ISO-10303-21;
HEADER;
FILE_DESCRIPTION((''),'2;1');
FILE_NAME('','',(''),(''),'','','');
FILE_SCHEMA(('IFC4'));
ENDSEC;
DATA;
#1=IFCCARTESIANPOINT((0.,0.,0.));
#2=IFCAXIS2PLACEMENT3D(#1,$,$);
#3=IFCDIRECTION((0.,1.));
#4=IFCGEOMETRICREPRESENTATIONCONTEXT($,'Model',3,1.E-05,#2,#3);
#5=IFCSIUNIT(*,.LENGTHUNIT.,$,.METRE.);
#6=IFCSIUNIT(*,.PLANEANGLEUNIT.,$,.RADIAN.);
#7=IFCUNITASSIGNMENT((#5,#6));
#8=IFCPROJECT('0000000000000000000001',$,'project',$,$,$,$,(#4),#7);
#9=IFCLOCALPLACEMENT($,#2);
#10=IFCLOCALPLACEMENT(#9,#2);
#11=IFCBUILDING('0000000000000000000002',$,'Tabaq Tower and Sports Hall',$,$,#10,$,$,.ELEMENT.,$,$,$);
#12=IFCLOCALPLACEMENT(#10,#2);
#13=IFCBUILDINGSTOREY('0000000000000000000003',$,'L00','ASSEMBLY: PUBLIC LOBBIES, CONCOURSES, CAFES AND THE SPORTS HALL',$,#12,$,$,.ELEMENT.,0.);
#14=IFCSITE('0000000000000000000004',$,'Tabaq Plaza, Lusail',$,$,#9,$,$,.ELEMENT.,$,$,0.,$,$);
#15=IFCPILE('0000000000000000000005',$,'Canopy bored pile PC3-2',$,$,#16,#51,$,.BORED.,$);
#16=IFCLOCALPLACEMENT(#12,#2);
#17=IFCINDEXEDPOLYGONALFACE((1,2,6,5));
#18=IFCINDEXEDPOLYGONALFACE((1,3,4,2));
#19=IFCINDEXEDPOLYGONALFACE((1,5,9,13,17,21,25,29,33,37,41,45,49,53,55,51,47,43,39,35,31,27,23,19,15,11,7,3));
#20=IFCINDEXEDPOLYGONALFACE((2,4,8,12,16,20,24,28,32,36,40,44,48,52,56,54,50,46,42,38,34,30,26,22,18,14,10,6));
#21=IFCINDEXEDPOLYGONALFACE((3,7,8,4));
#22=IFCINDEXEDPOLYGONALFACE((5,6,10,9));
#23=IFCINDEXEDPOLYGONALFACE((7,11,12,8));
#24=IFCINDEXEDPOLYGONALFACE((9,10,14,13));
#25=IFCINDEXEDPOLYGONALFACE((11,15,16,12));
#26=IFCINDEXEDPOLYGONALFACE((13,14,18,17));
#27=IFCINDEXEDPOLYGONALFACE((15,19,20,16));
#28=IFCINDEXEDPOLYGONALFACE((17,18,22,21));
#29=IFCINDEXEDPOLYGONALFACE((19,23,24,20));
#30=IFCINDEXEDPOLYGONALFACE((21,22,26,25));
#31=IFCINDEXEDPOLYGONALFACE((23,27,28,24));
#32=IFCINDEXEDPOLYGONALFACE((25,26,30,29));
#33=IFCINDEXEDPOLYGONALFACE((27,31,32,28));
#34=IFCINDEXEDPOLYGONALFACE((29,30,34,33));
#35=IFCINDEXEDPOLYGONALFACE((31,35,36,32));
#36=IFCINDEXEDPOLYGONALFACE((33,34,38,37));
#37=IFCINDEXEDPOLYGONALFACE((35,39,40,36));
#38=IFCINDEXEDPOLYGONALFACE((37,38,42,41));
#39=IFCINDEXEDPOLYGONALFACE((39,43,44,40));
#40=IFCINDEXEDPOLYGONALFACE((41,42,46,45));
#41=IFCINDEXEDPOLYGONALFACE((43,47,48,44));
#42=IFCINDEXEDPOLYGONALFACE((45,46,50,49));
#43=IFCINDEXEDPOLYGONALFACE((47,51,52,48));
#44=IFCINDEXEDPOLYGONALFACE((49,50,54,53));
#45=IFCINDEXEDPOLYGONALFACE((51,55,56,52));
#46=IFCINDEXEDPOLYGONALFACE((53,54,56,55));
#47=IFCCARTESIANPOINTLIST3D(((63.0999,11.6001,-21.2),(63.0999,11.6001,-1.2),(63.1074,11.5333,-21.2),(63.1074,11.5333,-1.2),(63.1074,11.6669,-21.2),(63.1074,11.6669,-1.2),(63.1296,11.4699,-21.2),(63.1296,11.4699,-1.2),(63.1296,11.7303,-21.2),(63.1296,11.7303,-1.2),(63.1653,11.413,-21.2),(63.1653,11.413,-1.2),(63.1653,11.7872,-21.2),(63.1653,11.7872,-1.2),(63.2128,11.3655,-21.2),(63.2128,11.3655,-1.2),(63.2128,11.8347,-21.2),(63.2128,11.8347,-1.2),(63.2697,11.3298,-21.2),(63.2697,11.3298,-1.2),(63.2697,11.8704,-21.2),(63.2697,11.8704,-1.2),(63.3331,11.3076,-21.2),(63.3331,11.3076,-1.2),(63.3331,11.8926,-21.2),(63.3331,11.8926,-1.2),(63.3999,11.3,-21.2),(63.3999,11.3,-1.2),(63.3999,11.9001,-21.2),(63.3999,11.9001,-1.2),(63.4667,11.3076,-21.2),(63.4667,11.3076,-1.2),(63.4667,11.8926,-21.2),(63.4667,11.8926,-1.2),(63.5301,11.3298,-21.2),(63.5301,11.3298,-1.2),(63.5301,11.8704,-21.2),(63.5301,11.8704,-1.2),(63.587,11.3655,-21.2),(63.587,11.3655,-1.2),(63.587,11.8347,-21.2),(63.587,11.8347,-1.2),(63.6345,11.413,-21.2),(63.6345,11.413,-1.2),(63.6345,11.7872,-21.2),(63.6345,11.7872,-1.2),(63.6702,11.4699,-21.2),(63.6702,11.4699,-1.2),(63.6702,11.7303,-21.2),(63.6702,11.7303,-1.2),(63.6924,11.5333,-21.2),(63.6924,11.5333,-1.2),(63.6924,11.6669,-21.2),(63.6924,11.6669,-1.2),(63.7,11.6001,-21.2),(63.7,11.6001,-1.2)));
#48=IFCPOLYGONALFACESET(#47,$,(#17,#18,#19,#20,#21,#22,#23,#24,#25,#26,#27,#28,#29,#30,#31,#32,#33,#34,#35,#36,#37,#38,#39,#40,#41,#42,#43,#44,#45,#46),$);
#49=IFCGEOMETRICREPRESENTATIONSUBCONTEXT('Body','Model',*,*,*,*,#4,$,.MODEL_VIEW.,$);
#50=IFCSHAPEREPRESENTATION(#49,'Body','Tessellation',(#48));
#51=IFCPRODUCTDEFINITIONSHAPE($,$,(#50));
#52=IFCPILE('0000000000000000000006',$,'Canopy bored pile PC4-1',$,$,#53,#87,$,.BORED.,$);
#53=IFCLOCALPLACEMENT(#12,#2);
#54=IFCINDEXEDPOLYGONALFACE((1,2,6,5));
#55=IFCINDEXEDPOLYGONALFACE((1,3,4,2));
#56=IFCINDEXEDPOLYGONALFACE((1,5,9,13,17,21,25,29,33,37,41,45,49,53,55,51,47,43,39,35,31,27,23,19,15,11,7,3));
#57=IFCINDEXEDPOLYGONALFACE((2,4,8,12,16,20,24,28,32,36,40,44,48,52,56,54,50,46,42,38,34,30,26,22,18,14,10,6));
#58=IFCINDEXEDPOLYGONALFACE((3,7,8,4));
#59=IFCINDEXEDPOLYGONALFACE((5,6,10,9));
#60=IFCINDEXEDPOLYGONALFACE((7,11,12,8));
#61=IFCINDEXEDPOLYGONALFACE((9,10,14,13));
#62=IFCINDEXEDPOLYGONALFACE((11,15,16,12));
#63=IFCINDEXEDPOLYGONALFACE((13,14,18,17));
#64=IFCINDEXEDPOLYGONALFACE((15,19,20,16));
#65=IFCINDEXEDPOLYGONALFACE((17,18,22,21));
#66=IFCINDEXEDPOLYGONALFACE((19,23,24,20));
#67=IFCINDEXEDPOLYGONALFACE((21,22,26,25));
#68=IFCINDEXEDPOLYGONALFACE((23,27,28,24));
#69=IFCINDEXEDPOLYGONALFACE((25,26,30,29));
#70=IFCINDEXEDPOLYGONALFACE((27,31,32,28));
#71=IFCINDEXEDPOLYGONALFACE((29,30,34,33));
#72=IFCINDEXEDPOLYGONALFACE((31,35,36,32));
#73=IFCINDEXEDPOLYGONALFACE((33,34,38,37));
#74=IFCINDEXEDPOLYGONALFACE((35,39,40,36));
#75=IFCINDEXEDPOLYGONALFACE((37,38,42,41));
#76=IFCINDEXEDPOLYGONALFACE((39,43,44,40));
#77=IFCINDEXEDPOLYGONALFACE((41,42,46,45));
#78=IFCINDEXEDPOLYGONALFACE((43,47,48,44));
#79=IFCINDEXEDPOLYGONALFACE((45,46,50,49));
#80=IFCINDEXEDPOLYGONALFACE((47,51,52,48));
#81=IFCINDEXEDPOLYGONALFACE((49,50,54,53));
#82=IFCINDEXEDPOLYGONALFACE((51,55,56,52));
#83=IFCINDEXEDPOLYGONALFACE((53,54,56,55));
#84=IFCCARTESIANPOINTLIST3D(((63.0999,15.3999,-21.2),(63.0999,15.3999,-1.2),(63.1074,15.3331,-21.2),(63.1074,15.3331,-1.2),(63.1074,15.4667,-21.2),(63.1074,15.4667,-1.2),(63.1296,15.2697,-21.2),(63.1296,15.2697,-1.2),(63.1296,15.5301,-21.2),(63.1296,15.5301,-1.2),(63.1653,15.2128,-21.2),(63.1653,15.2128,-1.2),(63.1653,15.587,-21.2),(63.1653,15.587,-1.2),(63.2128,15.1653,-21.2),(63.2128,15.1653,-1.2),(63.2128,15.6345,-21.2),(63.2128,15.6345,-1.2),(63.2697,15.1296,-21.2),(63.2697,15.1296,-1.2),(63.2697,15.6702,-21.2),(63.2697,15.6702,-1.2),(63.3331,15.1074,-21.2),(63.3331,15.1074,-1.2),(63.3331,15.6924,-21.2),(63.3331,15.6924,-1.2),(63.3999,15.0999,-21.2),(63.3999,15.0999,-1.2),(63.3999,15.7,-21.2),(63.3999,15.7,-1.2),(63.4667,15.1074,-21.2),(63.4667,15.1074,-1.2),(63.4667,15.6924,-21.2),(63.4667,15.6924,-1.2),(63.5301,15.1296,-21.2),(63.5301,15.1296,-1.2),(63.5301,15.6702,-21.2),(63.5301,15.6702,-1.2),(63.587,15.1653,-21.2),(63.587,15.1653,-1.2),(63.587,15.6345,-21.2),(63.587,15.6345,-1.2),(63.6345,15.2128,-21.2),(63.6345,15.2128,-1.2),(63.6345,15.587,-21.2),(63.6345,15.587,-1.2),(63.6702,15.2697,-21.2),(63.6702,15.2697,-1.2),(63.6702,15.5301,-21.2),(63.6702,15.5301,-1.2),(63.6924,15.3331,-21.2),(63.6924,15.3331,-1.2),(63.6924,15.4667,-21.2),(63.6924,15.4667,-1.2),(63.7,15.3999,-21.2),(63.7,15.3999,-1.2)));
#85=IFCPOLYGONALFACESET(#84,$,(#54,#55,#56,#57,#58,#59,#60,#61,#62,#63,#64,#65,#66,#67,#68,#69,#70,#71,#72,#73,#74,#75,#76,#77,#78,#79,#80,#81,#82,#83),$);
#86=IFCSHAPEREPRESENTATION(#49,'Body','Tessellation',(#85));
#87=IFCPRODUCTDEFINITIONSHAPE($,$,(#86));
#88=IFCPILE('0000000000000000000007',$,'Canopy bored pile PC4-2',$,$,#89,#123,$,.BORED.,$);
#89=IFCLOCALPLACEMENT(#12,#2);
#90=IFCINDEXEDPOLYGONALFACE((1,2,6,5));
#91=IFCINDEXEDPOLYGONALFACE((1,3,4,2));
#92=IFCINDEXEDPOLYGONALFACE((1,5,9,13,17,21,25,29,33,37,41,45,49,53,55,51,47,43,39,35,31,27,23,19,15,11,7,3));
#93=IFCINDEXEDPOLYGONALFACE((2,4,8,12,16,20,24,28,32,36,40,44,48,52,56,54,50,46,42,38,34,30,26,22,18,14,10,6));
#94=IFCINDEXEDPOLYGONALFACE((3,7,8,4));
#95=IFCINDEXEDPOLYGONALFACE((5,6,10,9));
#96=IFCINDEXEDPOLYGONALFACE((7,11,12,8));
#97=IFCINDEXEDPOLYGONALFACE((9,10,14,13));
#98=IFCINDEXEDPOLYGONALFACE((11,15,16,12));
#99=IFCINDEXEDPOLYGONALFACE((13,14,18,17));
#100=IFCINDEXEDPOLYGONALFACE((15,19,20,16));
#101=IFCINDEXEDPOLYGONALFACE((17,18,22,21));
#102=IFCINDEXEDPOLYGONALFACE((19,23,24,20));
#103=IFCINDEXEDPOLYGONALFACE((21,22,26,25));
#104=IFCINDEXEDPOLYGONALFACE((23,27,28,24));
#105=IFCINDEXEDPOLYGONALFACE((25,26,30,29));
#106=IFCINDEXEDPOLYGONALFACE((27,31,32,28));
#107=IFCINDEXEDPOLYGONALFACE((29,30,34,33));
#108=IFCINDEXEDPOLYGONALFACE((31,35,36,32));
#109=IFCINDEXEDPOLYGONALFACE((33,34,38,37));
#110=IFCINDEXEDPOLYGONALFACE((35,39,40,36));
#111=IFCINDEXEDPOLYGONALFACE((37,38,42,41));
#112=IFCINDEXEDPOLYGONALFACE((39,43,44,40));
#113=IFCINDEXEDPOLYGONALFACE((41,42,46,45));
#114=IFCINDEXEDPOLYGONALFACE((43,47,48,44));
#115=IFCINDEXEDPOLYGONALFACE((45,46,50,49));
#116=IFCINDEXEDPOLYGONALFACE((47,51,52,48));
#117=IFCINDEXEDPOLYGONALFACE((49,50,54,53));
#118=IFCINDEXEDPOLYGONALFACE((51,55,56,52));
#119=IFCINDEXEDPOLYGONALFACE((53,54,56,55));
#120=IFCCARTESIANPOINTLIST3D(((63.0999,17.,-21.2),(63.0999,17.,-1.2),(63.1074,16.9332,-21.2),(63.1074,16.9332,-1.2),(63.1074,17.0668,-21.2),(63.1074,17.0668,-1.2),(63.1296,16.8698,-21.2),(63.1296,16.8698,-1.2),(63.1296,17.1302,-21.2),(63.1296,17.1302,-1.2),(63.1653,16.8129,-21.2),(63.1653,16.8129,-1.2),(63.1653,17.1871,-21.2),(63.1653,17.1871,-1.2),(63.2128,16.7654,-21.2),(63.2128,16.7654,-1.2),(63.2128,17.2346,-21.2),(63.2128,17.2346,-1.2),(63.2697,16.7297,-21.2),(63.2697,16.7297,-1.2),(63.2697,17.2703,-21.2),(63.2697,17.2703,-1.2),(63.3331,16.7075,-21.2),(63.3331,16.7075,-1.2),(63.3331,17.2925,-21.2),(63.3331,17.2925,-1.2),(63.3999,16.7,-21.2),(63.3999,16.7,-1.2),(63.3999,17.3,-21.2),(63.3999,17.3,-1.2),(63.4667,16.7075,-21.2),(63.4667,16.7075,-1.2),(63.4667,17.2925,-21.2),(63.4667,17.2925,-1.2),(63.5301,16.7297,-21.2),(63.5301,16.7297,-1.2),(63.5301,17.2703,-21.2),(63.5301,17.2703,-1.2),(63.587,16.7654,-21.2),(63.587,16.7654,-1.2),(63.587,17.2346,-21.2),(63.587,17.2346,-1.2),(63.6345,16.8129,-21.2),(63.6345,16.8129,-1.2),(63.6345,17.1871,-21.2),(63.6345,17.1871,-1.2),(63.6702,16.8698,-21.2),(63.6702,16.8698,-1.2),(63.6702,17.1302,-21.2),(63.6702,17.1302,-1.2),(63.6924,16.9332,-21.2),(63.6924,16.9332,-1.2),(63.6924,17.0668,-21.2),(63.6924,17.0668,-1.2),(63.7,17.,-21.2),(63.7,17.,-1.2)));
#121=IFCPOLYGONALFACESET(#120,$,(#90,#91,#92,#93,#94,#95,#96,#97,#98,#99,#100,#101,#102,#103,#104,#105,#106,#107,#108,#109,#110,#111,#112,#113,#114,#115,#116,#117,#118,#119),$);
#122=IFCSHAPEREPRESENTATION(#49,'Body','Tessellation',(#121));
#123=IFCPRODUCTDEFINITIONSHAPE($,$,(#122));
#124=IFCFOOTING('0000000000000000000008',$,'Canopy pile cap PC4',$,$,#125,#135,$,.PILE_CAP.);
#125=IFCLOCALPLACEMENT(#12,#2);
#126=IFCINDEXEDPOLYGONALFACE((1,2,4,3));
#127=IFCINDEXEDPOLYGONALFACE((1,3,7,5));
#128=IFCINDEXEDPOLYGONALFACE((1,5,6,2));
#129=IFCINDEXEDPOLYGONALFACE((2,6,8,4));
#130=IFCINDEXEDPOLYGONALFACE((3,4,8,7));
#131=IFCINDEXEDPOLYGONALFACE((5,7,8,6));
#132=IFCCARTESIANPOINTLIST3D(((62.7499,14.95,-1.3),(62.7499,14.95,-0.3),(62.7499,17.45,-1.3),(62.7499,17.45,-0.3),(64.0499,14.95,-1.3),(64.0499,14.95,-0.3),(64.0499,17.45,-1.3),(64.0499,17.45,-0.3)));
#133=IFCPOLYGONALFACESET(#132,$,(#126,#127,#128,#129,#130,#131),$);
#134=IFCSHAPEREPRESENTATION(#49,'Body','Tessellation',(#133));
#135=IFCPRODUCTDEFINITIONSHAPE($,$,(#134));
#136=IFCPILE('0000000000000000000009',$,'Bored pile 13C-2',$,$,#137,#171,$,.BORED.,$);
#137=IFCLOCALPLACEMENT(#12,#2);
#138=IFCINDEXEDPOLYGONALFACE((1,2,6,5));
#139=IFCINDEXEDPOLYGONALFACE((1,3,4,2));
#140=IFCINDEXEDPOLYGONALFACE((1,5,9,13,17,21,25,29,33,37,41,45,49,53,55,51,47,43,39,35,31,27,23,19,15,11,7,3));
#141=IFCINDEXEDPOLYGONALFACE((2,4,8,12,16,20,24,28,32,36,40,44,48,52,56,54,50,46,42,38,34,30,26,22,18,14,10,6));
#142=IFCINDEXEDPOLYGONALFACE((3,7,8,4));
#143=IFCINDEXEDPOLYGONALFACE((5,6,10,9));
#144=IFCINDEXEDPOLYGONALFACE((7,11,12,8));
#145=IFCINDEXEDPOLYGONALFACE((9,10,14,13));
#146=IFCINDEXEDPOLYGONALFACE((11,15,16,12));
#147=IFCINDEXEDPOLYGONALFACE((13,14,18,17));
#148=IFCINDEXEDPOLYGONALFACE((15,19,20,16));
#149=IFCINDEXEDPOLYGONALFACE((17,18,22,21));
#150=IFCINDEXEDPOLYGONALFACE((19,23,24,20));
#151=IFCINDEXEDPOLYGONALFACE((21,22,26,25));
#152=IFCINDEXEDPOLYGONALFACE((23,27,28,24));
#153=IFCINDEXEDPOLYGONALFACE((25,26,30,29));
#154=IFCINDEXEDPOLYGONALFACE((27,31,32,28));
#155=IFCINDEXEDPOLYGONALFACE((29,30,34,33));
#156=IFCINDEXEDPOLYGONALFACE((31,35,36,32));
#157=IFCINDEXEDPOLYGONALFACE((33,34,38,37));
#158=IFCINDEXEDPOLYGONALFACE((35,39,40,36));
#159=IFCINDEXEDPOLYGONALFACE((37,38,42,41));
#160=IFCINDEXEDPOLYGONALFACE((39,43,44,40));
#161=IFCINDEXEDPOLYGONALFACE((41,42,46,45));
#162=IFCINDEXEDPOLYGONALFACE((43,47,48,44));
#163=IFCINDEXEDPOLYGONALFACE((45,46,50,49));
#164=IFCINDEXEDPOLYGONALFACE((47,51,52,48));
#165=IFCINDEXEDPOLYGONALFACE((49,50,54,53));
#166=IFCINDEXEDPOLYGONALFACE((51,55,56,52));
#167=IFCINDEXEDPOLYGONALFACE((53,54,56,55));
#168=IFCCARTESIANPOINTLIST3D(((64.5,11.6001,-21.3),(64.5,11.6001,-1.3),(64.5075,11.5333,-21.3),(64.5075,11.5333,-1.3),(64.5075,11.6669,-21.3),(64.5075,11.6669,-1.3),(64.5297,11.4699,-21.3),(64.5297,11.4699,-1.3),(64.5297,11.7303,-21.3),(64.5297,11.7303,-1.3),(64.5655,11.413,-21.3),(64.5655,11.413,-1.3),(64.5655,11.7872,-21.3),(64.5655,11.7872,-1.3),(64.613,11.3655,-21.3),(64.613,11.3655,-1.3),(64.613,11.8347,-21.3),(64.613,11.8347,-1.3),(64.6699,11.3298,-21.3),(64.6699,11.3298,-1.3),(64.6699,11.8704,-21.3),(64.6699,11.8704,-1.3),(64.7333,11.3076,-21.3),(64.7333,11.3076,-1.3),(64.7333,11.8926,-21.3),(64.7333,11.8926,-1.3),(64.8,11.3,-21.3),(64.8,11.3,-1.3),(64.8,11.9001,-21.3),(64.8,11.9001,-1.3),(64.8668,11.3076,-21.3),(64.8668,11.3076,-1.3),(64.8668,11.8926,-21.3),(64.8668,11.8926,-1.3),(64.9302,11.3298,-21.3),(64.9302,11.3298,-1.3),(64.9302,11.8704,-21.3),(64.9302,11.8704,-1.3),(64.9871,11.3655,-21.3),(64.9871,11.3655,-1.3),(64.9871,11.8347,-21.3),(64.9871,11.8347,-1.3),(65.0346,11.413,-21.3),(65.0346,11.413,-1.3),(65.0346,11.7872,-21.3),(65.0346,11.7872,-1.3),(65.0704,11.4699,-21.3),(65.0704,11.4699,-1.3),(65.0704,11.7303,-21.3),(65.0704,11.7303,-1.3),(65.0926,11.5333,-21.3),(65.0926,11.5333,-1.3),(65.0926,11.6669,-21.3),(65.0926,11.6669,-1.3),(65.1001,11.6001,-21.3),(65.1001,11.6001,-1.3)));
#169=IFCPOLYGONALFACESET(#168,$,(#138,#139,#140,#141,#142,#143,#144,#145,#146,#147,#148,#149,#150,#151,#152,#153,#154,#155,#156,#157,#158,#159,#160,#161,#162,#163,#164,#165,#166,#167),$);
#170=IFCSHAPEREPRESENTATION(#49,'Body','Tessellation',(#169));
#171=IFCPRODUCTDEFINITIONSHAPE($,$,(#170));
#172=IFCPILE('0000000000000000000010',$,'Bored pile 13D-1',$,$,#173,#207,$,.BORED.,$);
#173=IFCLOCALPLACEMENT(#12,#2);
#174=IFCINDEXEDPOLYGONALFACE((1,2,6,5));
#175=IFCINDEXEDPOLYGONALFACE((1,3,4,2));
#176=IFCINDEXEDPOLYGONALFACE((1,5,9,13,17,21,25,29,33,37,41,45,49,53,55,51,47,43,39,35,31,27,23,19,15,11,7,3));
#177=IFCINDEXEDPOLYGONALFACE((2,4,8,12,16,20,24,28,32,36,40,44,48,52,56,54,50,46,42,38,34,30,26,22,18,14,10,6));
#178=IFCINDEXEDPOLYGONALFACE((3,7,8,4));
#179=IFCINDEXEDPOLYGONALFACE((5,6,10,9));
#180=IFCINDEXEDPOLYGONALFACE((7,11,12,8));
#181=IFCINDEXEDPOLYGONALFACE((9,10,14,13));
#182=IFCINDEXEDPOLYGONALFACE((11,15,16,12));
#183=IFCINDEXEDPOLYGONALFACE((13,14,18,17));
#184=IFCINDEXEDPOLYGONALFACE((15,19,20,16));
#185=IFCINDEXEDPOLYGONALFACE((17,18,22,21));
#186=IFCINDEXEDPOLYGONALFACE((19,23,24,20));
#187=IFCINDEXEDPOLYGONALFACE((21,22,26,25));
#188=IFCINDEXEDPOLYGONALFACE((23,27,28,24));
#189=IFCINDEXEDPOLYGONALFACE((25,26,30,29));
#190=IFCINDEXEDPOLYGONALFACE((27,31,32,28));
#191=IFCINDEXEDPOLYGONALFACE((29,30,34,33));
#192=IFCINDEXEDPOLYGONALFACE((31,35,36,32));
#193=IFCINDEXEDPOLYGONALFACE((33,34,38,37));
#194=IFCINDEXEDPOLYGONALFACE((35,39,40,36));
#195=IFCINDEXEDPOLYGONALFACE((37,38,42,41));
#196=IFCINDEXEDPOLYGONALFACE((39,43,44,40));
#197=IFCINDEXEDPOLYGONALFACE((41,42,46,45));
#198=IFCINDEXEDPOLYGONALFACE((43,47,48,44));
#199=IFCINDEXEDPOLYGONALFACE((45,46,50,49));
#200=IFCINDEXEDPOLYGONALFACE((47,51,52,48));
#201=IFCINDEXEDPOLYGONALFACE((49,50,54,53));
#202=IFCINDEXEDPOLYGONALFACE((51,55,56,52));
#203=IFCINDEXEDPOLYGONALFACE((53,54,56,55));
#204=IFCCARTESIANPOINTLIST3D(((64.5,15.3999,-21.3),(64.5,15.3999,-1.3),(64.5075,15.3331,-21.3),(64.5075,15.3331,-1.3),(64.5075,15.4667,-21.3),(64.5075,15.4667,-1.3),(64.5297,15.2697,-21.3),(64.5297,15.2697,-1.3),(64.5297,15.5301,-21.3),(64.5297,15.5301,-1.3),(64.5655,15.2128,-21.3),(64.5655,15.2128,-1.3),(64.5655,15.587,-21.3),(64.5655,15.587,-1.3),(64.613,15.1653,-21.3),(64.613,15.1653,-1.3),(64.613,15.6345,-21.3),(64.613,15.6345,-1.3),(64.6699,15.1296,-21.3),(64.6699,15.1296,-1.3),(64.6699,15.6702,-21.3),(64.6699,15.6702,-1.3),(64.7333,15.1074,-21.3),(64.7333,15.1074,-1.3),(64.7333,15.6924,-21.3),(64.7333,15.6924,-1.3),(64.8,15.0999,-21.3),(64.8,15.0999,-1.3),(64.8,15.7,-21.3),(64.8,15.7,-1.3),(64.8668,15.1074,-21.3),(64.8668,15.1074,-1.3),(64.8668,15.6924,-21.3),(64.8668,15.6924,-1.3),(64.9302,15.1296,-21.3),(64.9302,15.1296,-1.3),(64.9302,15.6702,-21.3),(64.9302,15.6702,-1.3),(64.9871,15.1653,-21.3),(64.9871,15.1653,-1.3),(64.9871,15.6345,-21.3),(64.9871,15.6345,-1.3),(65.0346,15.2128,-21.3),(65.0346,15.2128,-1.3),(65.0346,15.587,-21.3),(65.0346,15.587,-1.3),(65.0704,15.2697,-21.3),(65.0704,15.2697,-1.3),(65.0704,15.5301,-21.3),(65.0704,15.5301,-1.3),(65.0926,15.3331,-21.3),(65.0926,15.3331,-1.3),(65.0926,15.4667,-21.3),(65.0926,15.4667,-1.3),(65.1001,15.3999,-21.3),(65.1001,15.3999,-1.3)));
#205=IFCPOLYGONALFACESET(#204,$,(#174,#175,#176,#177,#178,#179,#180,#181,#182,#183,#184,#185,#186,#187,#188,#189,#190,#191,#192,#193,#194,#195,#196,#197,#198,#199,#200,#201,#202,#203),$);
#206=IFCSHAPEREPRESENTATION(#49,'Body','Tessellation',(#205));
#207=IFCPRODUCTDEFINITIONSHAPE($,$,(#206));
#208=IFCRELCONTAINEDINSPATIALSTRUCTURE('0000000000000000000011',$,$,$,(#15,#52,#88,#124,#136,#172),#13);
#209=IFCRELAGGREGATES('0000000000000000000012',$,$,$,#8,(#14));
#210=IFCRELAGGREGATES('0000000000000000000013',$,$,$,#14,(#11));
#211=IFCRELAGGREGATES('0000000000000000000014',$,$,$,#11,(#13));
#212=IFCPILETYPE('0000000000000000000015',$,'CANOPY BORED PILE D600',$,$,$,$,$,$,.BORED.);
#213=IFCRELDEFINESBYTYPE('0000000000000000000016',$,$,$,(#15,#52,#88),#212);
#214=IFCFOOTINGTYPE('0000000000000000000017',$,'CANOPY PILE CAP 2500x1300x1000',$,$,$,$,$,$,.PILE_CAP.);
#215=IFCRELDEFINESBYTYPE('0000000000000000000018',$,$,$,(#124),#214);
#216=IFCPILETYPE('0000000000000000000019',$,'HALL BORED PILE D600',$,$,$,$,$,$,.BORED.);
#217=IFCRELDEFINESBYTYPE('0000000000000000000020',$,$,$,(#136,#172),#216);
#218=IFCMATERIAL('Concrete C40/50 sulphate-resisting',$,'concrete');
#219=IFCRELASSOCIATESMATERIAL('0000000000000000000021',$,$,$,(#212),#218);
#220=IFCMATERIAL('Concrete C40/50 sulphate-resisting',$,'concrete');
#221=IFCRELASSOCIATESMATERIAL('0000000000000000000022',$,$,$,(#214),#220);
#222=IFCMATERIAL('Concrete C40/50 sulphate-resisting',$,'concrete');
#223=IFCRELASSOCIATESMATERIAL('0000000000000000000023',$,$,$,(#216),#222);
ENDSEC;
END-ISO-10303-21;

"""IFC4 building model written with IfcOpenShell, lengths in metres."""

from ifc_helpers import new_model, si_unit, direction, frame, origin, origin_2d, place, context, subcontext, project, spatial, rectangle, circle, extrude, material, material_profile, profile_set, type_object, element, save


model = new_model("IFC4")

# Units and contexts
model_context = context("Model", 3, precision=1e-05, world=origin(), true_north=direction((0.0, 1.0)))
body_context = subcontext(model_context, "Body", "Model", "MODEL_VIEW")
ifc_project = project(units=[si_unit("LENGTHUNIT", "METRE"), si_unit("PLANEANGLEUNIT", "RADIAN")], contexts=[model_context])

# Site, building, storey
site_placement = place(None, origin())
site = spatial("IfcSite", under=ifc_project, at=site_placement, Name="Tabaq Plaza, Lusail", CompositionType="ELEMENT", RefElevation=0.0)
building_placement = place(site_placement, origin())
building = spatial("IfcBuilding", under=site, at=building_placement, Name="Tabaq Tower and Sports Hall", CompositionType="ELEMENT")
storey_placement = place(building_placement, origin())
storey = spatial("IfcBuildingStorey", under=building, at=storey_placement, Name="L00", Description="ASSEMBLY: PUBLIC LOBBIES, CONCOURSES, CAFES AND THE SPORTS HALL", CompositionType="ELEMENT", Elevation=0.0)

# Piles
ifc_material_1 = material(Name="Concrete C40/50 sulphate-resisting", Category="concrete")
ifc_material_profile_1 = material_profile(ifc_material_1, circle(Radius=0.3, at=origin_2d()), Name="D600")
ifc_profile_set_1 = profile_set([ifc_material_profile_1], Name="Concrete C40/50 sulphate-resisting")
pile_type_1 = type_object("IfcPileType", Name="CANOPY BORED PILE D600", PredefinedType="BORED", material=ifc_profile_set_1)
for number, where, z_axis, x_axis, name in (
    (1, (63.3999, 11.6001, -1.2), (0.0, 0.0, -1.0), (1.0, 0.0, 0.0), "Canopy bored pile PC3-2"),
    (2, (63.3999, 15.3999, -1.2), (0.0, 0.0, -1.0), (1.0, 0.0, 0.0), "Canopy bored pile PC4-1"),
    (3, (63.3999, 17.0, -1.2), (0.0, 0.0, -1.0), (1.0, 0.0, 0.0), "Canopy bored pile PC4-2"),
):
    element("IfcPile", number, at=place(storey_placement, frame(where, z_axis=z_axis, x_axis=x_axis)), inside=storey, type_object=pile_type_1, Name=name, PredefinedType="BORED", context=body_context, shape_type="SweptSolid", body=[
        extrude(circle(Radius=0.3, at=origin_2d()), origin(), (0.0, 0.0, 1.0), 20.0),
    ])

# Footing
ifc_material_2 = material(Name="Concrete C40/50 sulphate-resisting", Category="concrete")
footing_type_1 = type_object("IfcFootingType", Name="CANOPY PILE CAP 2500x1300x1000", PredefinedType="PILE_CAP", material=ifc_material_2)
footing_1_placement = place(storey_placement, frame((63.3999, 16.2, -1.3), z_axis=(0.0, 0.0, 1.0), x_axis=(0.0, 1.0, 0.0)))
element("IfcFooting", 4, at=footing_1_placement, inside=storey, type_object=footing_type_1, Name="Canopy pile cap PC4", PredefinedType="PILE_CAP", context=body_context, shape_type="SweptSolid", body=[
    extrude(rectangle(XDim=2.5, YDim=1.3, at=origin_2d()), origin(), (0.0, 0.0, 1.0), 1.0),
])

# Piles
ifc_material_3 = material(Name="Concrete C40/50 sulphate-resisting", Category="concrete")
ifc_material_profile_2 = material_profile(ifc_material_3, circle(Radius=0.3, at=origin_2d()), Name="D600")
ifc_profile_set_2 = profile_set([ifc_material_profile_2], Name="Concrete C40/50 sulphate-resisting")
pile_type_2 = type_object("IfcPileType", Name="HALL BORED PILE D600", PredefinedType="BORED", material=ifc_profile_set_2)
for number, where, z_axis, x_axis, name in (
    (5, (64.8, 11.6001, -1.3), (0.0, 0.0, -1.0), (1.0, 0.0, 0.0), "Bored pile 13C-2"),
    (6, (64.8, 15.3999, -1.3), (0.0, 0.0, -1.0), (1.0, 0.0, 0.0), "Bored pile 13D-1"),
):
    element("IfcPile", number, at=place(storey_placement, frame(where, z_axis=z_axis, x_axis=x_axis)), inside=storey, type_object=pile_type_2, Name=name, PredefinedType="BORED", context=body_context, shape_type="SweptSolid", body=[
        extrude(circle(Radius=0.3, at=origin_2d()), origin(), (0.0, 0.0, 1.0), 20.0),
    ])

save(model, "model.ifc")
